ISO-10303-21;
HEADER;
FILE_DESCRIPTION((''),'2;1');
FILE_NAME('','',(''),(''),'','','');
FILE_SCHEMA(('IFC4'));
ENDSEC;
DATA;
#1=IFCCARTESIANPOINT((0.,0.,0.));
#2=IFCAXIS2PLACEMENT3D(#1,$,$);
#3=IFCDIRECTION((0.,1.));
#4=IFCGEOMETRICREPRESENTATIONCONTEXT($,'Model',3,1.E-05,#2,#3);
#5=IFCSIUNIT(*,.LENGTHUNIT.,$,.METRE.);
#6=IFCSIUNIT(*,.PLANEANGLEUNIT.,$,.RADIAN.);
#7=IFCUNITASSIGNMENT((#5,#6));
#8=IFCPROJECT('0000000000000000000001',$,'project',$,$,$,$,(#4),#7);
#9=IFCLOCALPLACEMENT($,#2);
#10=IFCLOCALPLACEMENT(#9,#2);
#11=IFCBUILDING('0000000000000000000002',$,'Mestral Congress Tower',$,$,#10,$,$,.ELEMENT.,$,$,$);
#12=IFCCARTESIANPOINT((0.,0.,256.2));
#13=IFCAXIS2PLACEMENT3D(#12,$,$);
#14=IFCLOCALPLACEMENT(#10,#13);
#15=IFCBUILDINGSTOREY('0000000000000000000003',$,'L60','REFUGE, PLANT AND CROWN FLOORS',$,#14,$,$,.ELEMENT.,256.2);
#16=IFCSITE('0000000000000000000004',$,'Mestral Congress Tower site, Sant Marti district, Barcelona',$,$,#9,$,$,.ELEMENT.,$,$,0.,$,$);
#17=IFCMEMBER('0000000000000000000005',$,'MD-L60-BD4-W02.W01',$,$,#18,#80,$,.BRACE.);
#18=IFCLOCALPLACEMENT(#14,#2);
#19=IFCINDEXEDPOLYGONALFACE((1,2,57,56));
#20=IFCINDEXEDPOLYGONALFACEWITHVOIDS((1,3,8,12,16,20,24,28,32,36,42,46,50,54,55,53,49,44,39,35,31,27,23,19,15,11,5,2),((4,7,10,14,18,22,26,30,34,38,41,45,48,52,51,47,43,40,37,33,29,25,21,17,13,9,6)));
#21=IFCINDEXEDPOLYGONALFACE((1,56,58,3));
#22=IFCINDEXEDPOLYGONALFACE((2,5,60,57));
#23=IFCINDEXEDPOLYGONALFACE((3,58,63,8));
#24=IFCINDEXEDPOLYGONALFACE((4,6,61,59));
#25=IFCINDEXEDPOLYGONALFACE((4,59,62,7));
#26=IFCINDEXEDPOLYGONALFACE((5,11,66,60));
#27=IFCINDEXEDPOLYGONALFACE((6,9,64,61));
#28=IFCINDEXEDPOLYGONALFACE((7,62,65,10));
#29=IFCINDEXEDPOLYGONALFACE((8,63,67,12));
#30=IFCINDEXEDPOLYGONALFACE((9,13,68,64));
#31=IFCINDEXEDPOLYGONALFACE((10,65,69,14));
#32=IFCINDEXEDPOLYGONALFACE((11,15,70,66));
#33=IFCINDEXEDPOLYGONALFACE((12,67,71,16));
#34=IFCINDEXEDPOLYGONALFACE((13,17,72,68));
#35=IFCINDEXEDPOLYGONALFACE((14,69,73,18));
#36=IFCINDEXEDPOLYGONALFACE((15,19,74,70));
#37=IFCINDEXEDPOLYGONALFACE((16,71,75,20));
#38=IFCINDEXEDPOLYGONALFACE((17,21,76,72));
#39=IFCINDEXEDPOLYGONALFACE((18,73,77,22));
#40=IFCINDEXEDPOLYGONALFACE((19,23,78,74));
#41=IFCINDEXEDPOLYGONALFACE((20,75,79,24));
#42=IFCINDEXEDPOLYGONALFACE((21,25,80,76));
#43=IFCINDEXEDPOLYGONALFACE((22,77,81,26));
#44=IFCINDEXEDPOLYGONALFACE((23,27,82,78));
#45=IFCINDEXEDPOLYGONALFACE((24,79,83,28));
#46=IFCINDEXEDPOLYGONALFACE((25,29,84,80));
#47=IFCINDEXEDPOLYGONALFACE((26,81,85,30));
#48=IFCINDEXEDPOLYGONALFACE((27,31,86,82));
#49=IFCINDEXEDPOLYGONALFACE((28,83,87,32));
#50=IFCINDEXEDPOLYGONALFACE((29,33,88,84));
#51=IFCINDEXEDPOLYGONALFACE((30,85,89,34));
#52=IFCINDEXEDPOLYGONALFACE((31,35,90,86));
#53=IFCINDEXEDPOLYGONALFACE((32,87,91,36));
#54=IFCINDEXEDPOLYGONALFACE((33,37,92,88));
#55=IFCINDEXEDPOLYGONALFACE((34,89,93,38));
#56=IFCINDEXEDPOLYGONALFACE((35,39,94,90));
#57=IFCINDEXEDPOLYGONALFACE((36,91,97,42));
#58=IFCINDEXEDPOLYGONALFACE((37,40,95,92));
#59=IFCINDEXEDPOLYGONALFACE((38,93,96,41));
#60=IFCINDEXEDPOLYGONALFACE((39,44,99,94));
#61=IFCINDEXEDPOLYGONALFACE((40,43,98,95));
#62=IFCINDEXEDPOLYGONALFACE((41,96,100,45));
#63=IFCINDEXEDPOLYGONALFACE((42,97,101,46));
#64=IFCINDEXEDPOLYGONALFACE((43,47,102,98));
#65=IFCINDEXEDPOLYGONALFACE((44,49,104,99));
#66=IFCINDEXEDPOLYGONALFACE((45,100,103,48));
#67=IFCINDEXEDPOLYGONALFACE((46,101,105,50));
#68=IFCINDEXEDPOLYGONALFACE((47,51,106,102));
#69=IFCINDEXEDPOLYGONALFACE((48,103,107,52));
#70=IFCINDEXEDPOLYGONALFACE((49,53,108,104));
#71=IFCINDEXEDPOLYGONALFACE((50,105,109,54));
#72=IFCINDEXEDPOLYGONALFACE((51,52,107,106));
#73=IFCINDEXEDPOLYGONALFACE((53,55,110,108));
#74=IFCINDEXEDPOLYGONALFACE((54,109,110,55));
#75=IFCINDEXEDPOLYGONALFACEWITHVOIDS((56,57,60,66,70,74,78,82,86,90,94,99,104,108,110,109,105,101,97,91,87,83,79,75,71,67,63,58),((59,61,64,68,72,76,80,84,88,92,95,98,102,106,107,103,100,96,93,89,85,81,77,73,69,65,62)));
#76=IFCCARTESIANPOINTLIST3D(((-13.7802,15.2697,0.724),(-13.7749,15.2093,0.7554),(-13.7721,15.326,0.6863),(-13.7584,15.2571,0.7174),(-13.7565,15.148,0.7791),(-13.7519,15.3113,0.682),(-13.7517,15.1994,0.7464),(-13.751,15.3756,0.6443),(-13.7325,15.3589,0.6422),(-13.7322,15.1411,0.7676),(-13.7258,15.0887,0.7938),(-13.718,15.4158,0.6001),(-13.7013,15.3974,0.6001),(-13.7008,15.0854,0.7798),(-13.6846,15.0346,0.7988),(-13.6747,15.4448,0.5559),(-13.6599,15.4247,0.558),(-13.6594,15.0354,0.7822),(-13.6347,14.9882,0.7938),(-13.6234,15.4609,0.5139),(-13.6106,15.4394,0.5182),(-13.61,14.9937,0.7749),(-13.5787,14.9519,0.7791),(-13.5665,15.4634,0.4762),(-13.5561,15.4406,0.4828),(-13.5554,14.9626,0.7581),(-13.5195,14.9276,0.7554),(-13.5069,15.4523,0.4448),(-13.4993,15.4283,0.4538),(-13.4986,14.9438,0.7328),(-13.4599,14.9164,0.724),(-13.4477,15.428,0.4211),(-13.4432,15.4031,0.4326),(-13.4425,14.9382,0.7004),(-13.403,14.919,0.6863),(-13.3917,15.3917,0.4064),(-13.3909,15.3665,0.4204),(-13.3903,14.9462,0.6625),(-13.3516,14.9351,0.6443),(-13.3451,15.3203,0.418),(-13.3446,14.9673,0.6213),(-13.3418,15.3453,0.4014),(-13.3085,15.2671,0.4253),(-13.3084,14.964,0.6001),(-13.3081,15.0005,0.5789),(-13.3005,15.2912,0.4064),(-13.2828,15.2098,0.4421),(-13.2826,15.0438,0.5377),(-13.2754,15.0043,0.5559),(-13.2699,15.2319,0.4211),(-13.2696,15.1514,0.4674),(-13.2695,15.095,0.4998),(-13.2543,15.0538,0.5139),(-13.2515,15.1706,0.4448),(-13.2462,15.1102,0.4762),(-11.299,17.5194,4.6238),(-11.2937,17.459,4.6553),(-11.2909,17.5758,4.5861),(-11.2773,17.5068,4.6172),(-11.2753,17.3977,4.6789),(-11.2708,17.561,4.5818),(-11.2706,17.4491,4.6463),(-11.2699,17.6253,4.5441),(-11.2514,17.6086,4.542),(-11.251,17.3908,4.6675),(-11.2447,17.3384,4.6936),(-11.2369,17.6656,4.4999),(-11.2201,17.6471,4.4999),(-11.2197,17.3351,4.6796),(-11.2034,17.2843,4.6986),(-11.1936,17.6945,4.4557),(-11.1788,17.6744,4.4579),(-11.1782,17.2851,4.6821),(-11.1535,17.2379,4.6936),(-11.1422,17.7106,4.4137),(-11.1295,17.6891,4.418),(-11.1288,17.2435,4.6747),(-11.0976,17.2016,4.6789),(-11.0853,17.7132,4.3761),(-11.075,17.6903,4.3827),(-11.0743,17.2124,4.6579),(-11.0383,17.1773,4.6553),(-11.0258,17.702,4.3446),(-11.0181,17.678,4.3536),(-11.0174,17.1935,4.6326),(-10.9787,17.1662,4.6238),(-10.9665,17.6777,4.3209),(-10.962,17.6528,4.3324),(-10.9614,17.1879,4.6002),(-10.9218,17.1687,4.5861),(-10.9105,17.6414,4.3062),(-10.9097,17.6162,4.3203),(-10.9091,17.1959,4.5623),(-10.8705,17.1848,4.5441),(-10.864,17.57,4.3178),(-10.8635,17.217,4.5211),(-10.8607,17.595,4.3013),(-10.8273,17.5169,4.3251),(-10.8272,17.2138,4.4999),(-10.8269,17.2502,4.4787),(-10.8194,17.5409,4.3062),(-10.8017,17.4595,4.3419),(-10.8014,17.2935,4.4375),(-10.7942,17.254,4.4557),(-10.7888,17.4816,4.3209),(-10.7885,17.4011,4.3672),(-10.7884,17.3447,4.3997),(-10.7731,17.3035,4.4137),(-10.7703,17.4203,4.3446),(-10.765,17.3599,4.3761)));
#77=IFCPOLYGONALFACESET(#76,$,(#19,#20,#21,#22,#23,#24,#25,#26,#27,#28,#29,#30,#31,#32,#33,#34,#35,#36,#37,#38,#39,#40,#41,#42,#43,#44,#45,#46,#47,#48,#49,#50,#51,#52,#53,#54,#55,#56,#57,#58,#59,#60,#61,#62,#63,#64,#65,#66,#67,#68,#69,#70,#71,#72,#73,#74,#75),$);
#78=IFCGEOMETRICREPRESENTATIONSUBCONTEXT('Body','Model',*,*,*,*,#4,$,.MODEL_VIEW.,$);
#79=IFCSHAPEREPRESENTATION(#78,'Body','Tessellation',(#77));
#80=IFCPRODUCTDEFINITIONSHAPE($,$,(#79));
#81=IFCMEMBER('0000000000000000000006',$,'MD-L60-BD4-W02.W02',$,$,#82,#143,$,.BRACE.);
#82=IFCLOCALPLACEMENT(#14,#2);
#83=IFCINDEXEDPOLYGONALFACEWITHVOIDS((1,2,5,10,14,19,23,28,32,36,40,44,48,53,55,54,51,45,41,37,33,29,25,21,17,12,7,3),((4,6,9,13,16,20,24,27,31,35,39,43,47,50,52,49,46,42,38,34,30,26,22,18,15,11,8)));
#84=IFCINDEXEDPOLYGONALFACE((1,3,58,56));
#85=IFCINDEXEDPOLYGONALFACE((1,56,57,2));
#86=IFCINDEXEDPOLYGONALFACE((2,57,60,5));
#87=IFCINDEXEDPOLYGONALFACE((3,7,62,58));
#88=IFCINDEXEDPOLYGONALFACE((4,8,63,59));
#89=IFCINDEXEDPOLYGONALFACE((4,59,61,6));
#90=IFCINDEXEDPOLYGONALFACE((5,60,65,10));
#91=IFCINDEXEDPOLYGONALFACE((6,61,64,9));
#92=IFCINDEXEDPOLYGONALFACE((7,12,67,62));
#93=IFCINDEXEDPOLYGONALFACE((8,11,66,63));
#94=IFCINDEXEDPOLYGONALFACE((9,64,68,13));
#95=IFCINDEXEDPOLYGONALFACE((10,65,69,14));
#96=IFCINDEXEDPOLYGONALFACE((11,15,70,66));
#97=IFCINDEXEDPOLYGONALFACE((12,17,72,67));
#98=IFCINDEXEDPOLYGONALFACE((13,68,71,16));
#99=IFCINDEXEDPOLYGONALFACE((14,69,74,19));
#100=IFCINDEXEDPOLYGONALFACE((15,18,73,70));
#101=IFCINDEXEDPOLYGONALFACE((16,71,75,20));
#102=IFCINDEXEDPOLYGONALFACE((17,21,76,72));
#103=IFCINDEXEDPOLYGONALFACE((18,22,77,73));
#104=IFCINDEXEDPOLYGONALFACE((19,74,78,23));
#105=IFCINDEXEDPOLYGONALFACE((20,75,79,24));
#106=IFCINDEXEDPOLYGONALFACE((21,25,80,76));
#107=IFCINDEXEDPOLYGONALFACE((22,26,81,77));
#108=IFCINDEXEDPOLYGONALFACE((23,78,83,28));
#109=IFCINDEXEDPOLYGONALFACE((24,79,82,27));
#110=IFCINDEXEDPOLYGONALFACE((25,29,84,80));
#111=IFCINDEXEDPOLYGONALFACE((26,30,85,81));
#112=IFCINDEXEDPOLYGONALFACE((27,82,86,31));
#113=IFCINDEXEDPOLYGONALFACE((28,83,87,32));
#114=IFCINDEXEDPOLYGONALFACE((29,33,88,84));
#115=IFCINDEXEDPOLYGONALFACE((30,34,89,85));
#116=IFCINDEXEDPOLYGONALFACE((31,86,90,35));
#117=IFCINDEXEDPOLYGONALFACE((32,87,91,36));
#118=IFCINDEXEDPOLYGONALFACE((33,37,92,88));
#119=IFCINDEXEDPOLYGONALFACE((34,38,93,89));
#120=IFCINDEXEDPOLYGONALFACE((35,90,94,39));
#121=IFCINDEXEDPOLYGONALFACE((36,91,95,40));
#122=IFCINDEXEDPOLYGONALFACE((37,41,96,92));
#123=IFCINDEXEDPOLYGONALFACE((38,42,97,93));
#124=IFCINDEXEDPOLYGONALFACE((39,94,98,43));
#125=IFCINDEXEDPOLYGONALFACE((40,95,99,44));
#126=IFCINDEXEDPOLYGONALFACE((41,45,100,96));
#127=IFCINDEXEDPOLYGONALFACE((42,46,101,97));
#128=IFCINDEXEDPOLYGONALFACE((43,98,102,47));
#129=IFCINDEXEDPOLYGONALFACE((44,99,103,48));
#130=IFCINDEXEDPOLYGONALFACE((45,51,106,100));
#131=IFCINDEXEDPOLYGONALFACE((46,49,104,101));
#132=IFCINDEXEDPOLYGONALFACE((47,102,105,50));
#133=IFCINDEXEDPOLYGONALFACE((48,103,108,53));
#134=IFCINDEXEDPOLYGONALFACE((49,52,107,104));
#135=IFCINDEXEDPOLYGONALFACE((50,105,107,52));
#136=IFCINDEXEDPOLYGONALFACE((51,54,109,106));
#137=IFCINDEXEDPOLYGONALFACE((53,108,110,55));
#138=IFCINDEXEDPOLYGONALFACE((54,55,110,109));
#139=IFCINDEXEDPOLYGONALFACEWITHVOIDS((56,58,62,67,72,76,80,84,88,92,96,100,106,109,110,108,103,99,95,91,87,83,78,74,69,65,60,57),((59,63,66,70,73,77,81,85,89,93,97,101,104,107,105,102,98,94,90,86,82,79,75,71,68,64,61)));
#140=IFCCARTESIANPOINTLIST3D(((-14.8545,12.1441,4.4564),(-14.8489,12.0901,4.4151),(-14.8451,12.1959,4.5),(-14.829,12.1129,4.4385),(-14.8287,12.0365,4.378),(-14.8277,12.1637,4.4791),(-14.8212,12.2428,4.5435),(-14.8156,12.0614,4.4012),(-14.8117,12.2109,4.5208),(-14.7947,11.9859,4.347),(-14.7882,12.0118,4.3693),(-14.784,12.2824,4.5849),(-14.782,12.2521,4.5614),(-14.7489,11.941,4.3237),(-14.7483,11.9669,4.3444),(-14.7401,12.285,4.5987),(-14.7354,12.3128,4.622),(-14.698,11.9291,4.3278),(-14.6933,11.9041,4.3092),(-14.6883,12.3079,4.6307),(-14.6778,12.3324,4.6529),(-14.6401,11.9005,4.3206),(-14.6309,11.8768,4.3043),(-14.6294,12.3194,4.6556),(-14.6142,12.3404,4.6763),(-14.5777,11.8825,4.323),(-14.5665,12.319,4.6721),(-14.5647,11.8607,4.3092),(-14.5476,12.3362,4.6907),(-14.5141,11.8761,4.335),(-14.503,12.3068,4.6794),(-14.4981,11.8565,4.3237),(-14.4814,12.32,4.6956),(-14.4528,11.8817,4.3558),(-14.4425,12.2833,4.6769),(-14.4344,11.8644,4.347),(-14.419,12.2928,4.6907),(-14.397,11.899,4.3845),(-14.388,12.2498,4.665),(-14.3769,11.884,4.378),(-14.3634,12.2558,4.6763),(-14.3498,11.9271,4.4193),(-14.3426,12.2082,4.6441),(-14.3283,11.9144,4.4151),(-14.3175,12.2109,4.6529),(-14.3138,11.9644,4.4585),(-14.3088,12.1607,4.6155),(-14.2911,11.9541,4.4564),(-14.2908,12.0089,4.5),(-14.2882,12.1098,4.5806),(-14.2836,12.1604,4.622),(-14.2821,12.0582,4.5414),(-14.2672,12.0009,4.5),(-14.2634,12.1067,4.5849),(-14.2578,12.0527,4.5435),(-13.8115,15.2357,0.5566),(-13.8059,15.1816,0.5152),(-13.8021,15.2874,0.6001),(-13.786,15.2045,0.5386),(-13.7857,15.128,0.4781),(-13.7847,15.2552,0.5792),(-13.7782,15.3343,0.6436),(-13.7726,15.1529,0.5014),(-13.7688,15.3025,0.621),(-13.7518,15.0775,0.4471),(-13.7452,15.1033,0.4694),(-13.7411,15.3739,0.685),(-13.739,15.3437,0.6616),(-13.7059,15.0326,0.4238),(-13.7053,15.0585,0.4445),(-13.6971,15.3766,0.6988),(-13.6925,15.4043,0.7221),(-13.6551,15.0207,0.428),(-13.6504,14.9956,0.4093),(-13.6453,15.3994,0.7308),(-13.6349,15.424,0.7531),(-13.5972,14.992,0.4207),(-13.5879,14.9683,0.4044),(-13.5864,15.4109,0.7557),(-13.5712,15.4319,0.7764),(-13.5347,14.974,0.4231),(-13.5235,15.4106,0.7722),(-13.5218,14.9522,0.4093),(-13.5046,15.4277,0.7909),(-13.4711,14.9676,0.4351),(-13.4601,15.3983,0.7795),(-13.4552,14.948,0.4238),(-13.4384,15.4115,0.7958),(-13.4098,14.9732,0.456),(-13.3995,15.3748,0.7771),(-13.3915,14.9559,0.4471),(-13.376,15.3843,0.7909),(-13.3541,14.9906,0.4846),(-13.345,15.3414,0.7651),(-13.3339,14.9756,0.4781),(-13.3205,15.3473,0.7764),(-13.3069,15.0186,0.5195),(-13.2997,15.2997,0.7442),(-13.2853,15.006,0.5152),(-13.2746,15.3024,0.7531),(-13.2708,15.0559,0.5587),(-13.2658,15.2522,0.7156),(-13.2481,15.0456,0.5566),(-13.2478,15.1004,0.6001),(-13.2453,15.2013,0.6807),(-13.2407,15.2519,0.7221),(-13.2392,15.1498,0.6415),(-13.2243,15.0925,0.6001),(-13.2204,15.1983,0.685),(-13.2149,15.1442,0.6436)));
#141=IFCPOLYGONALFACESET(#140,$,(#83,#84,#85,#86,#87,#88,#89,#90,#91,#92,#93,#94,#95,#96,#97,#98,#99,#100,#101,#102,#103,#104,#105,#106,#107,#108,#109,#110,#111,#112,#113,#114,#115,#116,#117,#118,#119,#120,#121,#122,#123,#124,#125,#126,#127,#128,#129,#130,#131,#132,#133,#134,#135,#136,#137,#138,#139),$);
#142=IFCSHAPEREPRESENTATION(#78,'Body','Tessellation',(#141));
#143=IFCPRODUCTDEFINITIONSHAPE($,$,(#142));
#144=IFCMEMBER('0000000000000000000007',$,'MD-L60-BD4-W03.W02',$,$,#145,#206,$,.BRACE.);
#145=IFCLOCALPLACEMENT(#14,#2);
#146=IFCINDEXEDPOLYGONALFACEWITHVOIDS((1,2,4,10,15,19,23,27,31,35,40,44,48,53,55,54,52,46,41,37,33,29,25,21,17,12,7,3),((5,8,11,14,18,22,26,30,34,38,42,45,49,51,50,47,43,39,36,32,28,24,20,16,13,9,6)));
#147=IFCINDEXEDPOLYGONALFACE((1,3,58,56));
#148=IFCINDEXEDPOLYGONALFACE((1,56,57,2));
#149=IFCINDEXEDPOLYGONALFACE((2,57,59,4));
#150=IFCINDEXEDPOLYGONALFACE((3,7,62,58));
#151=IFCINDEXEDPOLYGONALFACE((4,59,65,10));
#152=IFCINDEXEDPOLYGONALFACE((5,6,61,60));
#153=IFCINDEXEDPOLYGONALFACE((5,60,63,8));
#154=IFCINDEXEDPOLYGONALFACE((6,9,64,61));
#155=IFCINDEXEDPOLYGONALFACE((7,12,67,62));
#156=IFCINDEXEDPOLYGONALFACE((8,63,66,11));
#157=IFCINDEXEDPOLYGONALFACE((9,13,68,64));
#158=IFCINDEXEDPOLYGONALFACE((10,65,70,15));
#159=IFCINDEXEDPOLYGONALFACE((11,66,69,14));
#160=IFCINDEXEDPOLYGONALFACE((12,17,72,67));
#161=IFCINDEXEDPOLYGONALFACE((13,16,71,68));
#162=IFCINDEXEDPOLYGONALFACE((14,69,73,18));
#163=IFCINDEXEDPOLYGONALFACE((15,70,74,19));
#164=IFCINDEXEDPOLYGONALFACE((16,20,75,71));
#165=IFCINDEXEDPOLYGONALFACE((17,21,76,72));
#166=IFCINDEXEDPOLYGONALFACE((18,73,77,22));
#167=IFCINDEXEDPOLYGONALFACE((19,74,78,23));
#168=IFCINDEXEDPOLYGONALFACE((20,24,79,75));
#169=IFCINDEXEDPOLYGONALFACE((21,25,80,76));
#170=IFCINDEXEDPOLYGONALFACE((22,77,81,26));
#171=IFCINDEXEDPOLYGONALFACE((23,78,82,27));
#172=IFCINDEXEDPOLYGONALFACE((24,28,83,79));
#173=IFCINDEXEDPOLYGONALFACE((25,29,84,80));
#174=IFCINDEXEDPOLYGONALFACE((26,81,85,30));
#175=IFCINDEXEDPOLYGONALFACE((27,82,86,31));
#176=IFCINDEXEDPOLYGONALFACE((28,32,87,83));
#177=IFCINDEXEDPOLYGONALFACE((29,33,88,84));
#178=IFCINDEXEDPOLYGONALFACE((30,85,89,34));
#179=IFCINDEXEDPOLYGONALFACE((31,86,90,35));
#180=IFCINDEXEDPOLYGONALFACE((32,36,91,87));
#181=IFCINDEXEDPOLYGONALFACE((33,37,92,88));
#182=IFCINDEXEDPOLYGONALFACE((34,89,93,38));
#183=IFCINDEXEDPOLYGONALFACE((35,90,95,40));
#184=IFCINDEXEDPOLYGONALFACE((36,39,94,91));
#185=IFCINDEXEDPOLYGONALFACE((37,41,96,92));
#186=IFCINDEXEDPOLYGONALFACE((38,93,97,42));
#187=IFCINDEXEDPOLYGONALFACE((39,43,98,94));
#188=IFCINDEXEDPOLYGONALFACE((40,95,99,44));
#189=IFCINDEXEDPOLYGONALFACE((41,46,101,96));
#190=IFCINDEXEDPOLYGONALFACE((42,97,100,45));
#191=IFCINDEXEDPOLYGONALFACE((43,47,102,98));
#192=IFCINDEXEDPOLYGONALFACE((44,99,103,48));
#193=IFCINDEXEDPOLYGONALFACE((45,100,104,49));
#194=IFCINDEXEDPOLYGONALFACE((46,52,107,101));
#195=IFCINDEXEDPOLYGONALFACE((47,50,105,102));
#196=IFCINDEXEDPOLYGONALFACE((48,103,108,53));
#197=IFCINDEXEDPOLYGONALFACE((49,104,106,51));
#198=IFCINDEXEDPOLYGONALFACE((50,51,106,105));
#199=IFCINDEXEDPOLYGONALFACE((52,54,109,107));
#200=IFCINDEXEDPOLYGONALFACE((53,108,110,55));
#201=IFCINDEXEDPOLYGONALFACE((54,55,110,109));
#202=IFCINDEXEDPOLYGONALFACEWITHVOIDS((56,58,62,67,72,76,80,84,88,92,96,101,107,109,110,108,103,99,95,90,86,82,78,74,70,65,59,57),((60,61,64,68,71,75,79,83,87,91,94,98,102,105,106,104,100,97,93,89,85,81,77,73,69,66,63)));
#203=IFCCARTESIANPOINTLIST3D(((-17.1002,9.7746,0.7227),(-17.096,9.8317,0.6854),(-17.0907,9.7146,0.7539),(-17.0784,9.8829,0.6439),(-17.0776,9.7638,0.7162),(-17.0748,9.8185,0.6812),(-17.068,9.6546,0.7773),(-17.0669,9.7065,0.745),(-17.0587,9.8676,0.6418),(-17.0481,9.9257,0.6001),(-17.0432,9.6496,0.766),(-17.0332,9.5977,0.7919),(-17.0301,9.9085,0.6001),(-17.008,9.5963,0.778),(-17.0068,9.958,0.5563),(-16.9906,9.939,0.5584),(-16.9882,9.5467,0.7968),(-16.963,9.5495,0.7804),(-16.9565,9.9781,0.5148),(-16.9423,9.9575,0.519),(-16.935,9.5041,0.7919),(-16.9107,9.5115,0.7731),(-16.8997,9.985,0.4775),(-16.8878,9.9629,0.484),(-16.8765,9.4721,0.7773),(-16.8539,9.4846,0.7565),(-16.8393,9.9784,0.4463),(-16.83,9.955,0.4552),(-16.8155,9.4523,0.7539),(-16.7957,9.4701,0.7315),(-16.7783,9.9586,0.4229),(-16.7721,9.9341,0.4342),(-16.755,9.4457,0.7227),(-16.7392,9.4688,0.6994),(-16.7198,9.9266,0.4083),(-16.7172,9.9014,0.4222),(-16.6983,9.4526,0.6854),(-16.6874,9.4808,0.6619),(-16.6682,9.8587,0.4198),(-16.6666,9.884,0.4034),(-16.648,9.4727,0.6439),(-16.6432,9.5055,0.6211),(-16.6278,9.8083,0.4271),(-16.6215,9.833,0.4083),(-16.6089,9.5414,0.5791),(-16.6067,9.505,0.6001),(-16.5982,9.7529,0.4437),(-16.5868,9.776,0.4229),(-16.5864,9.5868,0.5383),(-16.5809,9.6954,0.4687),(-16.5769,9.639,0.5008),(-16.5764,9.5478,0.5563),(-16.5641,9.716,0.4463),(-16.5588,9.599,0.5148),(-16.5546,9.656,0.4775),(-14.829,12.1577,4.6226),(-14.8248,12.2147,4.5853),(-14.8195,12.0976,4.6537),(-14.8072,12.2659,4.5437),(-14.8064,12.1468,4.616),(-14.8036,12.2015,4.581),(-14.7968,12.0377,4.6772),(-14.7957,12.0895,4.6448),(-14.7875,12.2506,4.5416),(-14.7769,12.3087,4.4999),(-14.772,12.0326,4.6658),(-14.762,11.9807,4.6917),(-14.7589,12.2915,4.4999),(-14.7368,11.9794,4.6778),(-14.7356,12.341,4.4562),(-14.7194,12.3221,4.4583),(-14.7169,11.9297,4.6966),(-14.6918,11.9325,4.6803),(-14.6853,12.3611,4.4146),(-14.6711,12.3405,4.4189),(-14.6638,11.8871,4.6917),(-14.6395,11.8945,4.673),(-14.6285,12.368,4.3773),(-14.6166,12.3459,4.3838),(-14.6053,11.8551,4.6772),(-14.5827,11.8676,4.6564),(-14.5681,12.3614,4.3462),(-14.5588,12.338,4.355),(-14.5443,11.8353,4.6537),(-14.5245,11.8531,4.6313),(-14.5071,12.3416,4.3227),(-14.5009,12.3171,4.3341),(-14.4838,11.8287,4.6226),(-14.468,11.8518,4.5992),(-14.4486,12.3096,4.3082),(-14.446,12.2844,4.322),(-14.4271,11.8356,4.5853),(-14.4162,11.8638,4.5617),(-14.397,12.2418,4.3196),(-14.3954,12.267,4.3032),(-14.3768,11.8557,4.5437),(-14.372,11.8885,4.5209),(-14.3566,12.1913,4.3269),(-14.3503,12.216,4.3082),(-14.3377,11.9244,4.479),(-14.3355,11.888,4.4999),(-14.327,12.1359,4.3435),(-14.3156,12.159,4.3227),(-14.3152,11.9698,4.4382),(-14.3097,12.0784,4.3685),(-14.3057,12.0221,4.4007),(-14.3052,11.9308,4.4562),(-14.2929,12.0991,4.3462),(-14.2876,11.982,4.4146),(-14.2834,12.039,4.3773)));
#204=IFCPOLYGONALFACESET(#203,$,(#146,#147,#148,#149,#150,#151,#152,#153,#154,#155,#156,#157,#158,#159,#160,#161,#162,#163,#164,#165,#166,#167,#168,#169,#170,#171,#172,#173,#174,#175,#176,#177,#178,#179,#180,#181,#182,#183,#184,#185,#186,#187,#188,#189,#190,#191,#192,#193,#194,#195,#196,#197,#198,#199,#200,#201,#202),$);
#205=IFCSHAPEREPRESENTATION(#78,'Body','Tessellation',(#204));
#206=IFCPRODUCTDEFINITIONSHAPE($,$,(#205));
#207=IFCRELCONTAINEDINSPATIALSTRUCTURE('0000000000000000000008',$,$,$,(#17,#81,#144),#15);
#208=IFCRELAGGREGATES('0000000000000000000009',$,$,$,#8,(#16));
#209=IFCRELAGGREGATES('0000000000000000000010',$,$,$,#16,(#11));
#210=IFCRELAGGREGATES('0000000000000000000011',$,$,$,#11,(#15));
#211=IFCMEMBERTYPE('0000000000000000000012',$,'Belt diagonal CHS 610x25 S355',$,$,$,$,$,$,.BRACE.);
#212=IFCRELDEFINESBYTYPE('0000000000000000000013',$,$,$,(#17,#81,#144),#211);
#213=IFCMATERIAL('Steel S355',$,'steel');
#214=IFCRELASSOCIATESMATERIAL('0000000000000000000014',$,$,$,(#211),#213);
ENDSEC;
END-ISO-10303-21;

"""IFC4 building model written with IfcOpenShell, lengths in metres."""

from ifc_helpers import new_model, si_unit, direction, frame, origin, origin_2d, place, context, subcontext, project, spatial, hollow_circle, extrude, material, material_profile, profile_set, type_object, element, save


model = new_model("IFC4")

# Units and contexts
model_context = context("Model", 3, precision=1e-05, world=origin(), true_north=direction((0.0, 1.0)))
body_context = subcontext(model_context, "Body", "Model", "MODEL_VIEW")
ifc_project = project(units=[si_unit("LENGTHUNIT", "METRE"), si_unit("PLANEANGLEUNIT", "RADIAN")], contexts=[model_context])

# Site, building, storey
site_placement = place(None, origin())
site = spatial("IfcSite", under=ifc_project, at=site_placement, Name="Mestral Congress Tower site, Sant Marti district, Barcelona", CompositionType="ELEMENT", RefElevation=0.0)
building_placement = place(site_placement, origin())
building = spatial("IfcBuilding", under=site, at=building_placement, Name="Mestral Congress Tower", CompositionType="ELEMENT")
storey_placement = place(building_placement, frame((0.0, 0.0, 256.2)))
storey = spatial("IfcBuildingStorey", under=building, at=storey_placement, Name="L60", Description="REFUGE, PLANT AND CROWN FLOORS", CompositionType="ELEMENT", Elevation=256.2)

# Members
ifc_material_1 = material(Name="Steel S355", Category="steel")
ifc_material_profile_1 = material_profile(ifc_material_1, hollow_circle(Radius=0.3049, WallThickness=0.0249, at=origin_2d()), Name="CHS 610x25")
ifc_profile_set_1 = profile_set([ifc_material_profile_1], Name="Steel S355")
member_type_1 = type_object("IfcMemberType", Name="Belt diagonal CHS 610x25 S355", PredefinedType="BRACE", material=ifc_profile_set_1)
member_1_placement = place(storey_placement, frame((-13.5132, 15.1899, 0.6001), z_axis=(0.482656, 0.437634, 0.75863), x_axis=(-0.671711, 0.740814, 0.0)))
element("IfcMember", 1, at=member_1_placement, inside=storey, type_object=member_type_1, Name="MD-L60-BD4-W02.W01", PredefinedType="BRACE", context=body_context, shape_type="SweptSolid", body=[
    extrude(hollow_circle(Radius=0.3049, WallThickness=0.0249, at=origin_2d()), origin(), (0.0, 0.0, 1.0), 5.1406),
])
member_2_placement = place(storey_placement, frame((-13.5132, 15.1899, 0.6001), z_axis=(-0.205117, -0.608004, 0.76698), x_axis=(0.947532, -0.31966, 0.0)))
element("IfcMember", 2, at=member_2_placement, inside=storey, type_object=member_type_1, Name="MD-L60-BD4-W02.W02", PredefinedType="BRACE", context=body_context, shape_type="SweptSolid", body=[
    extrude(hollow_circle(Radius=0.3049, WallThickness=0.0249, at=origin_2d()), origin(), (0.0, 0.0, 1.0), 5.0847),
])
member_3_placement = place(storey_placement, frame((-16.8274, 9.7153, 0.6001), z_axis=(0.445027, 0.466936, 0.764147), x_axis=(-0.723886, 0.68992, 0.0)))
element("IfcMember", 3, at=member_3_placement, inside=storey, type_object=member_type_1, Name="MD-L60-BD4-W03.W02", PredefinedType="BRACE", context=body_context, shape_type="SweptSolid", body=[
    extrude(hollow_circle(Radius=0.3049, WallThickness=0.0249, at=origin_2d()), origin(), (0.0, 0.0, 1.0), 5.1035),
])

save(model, "model.ifc")
